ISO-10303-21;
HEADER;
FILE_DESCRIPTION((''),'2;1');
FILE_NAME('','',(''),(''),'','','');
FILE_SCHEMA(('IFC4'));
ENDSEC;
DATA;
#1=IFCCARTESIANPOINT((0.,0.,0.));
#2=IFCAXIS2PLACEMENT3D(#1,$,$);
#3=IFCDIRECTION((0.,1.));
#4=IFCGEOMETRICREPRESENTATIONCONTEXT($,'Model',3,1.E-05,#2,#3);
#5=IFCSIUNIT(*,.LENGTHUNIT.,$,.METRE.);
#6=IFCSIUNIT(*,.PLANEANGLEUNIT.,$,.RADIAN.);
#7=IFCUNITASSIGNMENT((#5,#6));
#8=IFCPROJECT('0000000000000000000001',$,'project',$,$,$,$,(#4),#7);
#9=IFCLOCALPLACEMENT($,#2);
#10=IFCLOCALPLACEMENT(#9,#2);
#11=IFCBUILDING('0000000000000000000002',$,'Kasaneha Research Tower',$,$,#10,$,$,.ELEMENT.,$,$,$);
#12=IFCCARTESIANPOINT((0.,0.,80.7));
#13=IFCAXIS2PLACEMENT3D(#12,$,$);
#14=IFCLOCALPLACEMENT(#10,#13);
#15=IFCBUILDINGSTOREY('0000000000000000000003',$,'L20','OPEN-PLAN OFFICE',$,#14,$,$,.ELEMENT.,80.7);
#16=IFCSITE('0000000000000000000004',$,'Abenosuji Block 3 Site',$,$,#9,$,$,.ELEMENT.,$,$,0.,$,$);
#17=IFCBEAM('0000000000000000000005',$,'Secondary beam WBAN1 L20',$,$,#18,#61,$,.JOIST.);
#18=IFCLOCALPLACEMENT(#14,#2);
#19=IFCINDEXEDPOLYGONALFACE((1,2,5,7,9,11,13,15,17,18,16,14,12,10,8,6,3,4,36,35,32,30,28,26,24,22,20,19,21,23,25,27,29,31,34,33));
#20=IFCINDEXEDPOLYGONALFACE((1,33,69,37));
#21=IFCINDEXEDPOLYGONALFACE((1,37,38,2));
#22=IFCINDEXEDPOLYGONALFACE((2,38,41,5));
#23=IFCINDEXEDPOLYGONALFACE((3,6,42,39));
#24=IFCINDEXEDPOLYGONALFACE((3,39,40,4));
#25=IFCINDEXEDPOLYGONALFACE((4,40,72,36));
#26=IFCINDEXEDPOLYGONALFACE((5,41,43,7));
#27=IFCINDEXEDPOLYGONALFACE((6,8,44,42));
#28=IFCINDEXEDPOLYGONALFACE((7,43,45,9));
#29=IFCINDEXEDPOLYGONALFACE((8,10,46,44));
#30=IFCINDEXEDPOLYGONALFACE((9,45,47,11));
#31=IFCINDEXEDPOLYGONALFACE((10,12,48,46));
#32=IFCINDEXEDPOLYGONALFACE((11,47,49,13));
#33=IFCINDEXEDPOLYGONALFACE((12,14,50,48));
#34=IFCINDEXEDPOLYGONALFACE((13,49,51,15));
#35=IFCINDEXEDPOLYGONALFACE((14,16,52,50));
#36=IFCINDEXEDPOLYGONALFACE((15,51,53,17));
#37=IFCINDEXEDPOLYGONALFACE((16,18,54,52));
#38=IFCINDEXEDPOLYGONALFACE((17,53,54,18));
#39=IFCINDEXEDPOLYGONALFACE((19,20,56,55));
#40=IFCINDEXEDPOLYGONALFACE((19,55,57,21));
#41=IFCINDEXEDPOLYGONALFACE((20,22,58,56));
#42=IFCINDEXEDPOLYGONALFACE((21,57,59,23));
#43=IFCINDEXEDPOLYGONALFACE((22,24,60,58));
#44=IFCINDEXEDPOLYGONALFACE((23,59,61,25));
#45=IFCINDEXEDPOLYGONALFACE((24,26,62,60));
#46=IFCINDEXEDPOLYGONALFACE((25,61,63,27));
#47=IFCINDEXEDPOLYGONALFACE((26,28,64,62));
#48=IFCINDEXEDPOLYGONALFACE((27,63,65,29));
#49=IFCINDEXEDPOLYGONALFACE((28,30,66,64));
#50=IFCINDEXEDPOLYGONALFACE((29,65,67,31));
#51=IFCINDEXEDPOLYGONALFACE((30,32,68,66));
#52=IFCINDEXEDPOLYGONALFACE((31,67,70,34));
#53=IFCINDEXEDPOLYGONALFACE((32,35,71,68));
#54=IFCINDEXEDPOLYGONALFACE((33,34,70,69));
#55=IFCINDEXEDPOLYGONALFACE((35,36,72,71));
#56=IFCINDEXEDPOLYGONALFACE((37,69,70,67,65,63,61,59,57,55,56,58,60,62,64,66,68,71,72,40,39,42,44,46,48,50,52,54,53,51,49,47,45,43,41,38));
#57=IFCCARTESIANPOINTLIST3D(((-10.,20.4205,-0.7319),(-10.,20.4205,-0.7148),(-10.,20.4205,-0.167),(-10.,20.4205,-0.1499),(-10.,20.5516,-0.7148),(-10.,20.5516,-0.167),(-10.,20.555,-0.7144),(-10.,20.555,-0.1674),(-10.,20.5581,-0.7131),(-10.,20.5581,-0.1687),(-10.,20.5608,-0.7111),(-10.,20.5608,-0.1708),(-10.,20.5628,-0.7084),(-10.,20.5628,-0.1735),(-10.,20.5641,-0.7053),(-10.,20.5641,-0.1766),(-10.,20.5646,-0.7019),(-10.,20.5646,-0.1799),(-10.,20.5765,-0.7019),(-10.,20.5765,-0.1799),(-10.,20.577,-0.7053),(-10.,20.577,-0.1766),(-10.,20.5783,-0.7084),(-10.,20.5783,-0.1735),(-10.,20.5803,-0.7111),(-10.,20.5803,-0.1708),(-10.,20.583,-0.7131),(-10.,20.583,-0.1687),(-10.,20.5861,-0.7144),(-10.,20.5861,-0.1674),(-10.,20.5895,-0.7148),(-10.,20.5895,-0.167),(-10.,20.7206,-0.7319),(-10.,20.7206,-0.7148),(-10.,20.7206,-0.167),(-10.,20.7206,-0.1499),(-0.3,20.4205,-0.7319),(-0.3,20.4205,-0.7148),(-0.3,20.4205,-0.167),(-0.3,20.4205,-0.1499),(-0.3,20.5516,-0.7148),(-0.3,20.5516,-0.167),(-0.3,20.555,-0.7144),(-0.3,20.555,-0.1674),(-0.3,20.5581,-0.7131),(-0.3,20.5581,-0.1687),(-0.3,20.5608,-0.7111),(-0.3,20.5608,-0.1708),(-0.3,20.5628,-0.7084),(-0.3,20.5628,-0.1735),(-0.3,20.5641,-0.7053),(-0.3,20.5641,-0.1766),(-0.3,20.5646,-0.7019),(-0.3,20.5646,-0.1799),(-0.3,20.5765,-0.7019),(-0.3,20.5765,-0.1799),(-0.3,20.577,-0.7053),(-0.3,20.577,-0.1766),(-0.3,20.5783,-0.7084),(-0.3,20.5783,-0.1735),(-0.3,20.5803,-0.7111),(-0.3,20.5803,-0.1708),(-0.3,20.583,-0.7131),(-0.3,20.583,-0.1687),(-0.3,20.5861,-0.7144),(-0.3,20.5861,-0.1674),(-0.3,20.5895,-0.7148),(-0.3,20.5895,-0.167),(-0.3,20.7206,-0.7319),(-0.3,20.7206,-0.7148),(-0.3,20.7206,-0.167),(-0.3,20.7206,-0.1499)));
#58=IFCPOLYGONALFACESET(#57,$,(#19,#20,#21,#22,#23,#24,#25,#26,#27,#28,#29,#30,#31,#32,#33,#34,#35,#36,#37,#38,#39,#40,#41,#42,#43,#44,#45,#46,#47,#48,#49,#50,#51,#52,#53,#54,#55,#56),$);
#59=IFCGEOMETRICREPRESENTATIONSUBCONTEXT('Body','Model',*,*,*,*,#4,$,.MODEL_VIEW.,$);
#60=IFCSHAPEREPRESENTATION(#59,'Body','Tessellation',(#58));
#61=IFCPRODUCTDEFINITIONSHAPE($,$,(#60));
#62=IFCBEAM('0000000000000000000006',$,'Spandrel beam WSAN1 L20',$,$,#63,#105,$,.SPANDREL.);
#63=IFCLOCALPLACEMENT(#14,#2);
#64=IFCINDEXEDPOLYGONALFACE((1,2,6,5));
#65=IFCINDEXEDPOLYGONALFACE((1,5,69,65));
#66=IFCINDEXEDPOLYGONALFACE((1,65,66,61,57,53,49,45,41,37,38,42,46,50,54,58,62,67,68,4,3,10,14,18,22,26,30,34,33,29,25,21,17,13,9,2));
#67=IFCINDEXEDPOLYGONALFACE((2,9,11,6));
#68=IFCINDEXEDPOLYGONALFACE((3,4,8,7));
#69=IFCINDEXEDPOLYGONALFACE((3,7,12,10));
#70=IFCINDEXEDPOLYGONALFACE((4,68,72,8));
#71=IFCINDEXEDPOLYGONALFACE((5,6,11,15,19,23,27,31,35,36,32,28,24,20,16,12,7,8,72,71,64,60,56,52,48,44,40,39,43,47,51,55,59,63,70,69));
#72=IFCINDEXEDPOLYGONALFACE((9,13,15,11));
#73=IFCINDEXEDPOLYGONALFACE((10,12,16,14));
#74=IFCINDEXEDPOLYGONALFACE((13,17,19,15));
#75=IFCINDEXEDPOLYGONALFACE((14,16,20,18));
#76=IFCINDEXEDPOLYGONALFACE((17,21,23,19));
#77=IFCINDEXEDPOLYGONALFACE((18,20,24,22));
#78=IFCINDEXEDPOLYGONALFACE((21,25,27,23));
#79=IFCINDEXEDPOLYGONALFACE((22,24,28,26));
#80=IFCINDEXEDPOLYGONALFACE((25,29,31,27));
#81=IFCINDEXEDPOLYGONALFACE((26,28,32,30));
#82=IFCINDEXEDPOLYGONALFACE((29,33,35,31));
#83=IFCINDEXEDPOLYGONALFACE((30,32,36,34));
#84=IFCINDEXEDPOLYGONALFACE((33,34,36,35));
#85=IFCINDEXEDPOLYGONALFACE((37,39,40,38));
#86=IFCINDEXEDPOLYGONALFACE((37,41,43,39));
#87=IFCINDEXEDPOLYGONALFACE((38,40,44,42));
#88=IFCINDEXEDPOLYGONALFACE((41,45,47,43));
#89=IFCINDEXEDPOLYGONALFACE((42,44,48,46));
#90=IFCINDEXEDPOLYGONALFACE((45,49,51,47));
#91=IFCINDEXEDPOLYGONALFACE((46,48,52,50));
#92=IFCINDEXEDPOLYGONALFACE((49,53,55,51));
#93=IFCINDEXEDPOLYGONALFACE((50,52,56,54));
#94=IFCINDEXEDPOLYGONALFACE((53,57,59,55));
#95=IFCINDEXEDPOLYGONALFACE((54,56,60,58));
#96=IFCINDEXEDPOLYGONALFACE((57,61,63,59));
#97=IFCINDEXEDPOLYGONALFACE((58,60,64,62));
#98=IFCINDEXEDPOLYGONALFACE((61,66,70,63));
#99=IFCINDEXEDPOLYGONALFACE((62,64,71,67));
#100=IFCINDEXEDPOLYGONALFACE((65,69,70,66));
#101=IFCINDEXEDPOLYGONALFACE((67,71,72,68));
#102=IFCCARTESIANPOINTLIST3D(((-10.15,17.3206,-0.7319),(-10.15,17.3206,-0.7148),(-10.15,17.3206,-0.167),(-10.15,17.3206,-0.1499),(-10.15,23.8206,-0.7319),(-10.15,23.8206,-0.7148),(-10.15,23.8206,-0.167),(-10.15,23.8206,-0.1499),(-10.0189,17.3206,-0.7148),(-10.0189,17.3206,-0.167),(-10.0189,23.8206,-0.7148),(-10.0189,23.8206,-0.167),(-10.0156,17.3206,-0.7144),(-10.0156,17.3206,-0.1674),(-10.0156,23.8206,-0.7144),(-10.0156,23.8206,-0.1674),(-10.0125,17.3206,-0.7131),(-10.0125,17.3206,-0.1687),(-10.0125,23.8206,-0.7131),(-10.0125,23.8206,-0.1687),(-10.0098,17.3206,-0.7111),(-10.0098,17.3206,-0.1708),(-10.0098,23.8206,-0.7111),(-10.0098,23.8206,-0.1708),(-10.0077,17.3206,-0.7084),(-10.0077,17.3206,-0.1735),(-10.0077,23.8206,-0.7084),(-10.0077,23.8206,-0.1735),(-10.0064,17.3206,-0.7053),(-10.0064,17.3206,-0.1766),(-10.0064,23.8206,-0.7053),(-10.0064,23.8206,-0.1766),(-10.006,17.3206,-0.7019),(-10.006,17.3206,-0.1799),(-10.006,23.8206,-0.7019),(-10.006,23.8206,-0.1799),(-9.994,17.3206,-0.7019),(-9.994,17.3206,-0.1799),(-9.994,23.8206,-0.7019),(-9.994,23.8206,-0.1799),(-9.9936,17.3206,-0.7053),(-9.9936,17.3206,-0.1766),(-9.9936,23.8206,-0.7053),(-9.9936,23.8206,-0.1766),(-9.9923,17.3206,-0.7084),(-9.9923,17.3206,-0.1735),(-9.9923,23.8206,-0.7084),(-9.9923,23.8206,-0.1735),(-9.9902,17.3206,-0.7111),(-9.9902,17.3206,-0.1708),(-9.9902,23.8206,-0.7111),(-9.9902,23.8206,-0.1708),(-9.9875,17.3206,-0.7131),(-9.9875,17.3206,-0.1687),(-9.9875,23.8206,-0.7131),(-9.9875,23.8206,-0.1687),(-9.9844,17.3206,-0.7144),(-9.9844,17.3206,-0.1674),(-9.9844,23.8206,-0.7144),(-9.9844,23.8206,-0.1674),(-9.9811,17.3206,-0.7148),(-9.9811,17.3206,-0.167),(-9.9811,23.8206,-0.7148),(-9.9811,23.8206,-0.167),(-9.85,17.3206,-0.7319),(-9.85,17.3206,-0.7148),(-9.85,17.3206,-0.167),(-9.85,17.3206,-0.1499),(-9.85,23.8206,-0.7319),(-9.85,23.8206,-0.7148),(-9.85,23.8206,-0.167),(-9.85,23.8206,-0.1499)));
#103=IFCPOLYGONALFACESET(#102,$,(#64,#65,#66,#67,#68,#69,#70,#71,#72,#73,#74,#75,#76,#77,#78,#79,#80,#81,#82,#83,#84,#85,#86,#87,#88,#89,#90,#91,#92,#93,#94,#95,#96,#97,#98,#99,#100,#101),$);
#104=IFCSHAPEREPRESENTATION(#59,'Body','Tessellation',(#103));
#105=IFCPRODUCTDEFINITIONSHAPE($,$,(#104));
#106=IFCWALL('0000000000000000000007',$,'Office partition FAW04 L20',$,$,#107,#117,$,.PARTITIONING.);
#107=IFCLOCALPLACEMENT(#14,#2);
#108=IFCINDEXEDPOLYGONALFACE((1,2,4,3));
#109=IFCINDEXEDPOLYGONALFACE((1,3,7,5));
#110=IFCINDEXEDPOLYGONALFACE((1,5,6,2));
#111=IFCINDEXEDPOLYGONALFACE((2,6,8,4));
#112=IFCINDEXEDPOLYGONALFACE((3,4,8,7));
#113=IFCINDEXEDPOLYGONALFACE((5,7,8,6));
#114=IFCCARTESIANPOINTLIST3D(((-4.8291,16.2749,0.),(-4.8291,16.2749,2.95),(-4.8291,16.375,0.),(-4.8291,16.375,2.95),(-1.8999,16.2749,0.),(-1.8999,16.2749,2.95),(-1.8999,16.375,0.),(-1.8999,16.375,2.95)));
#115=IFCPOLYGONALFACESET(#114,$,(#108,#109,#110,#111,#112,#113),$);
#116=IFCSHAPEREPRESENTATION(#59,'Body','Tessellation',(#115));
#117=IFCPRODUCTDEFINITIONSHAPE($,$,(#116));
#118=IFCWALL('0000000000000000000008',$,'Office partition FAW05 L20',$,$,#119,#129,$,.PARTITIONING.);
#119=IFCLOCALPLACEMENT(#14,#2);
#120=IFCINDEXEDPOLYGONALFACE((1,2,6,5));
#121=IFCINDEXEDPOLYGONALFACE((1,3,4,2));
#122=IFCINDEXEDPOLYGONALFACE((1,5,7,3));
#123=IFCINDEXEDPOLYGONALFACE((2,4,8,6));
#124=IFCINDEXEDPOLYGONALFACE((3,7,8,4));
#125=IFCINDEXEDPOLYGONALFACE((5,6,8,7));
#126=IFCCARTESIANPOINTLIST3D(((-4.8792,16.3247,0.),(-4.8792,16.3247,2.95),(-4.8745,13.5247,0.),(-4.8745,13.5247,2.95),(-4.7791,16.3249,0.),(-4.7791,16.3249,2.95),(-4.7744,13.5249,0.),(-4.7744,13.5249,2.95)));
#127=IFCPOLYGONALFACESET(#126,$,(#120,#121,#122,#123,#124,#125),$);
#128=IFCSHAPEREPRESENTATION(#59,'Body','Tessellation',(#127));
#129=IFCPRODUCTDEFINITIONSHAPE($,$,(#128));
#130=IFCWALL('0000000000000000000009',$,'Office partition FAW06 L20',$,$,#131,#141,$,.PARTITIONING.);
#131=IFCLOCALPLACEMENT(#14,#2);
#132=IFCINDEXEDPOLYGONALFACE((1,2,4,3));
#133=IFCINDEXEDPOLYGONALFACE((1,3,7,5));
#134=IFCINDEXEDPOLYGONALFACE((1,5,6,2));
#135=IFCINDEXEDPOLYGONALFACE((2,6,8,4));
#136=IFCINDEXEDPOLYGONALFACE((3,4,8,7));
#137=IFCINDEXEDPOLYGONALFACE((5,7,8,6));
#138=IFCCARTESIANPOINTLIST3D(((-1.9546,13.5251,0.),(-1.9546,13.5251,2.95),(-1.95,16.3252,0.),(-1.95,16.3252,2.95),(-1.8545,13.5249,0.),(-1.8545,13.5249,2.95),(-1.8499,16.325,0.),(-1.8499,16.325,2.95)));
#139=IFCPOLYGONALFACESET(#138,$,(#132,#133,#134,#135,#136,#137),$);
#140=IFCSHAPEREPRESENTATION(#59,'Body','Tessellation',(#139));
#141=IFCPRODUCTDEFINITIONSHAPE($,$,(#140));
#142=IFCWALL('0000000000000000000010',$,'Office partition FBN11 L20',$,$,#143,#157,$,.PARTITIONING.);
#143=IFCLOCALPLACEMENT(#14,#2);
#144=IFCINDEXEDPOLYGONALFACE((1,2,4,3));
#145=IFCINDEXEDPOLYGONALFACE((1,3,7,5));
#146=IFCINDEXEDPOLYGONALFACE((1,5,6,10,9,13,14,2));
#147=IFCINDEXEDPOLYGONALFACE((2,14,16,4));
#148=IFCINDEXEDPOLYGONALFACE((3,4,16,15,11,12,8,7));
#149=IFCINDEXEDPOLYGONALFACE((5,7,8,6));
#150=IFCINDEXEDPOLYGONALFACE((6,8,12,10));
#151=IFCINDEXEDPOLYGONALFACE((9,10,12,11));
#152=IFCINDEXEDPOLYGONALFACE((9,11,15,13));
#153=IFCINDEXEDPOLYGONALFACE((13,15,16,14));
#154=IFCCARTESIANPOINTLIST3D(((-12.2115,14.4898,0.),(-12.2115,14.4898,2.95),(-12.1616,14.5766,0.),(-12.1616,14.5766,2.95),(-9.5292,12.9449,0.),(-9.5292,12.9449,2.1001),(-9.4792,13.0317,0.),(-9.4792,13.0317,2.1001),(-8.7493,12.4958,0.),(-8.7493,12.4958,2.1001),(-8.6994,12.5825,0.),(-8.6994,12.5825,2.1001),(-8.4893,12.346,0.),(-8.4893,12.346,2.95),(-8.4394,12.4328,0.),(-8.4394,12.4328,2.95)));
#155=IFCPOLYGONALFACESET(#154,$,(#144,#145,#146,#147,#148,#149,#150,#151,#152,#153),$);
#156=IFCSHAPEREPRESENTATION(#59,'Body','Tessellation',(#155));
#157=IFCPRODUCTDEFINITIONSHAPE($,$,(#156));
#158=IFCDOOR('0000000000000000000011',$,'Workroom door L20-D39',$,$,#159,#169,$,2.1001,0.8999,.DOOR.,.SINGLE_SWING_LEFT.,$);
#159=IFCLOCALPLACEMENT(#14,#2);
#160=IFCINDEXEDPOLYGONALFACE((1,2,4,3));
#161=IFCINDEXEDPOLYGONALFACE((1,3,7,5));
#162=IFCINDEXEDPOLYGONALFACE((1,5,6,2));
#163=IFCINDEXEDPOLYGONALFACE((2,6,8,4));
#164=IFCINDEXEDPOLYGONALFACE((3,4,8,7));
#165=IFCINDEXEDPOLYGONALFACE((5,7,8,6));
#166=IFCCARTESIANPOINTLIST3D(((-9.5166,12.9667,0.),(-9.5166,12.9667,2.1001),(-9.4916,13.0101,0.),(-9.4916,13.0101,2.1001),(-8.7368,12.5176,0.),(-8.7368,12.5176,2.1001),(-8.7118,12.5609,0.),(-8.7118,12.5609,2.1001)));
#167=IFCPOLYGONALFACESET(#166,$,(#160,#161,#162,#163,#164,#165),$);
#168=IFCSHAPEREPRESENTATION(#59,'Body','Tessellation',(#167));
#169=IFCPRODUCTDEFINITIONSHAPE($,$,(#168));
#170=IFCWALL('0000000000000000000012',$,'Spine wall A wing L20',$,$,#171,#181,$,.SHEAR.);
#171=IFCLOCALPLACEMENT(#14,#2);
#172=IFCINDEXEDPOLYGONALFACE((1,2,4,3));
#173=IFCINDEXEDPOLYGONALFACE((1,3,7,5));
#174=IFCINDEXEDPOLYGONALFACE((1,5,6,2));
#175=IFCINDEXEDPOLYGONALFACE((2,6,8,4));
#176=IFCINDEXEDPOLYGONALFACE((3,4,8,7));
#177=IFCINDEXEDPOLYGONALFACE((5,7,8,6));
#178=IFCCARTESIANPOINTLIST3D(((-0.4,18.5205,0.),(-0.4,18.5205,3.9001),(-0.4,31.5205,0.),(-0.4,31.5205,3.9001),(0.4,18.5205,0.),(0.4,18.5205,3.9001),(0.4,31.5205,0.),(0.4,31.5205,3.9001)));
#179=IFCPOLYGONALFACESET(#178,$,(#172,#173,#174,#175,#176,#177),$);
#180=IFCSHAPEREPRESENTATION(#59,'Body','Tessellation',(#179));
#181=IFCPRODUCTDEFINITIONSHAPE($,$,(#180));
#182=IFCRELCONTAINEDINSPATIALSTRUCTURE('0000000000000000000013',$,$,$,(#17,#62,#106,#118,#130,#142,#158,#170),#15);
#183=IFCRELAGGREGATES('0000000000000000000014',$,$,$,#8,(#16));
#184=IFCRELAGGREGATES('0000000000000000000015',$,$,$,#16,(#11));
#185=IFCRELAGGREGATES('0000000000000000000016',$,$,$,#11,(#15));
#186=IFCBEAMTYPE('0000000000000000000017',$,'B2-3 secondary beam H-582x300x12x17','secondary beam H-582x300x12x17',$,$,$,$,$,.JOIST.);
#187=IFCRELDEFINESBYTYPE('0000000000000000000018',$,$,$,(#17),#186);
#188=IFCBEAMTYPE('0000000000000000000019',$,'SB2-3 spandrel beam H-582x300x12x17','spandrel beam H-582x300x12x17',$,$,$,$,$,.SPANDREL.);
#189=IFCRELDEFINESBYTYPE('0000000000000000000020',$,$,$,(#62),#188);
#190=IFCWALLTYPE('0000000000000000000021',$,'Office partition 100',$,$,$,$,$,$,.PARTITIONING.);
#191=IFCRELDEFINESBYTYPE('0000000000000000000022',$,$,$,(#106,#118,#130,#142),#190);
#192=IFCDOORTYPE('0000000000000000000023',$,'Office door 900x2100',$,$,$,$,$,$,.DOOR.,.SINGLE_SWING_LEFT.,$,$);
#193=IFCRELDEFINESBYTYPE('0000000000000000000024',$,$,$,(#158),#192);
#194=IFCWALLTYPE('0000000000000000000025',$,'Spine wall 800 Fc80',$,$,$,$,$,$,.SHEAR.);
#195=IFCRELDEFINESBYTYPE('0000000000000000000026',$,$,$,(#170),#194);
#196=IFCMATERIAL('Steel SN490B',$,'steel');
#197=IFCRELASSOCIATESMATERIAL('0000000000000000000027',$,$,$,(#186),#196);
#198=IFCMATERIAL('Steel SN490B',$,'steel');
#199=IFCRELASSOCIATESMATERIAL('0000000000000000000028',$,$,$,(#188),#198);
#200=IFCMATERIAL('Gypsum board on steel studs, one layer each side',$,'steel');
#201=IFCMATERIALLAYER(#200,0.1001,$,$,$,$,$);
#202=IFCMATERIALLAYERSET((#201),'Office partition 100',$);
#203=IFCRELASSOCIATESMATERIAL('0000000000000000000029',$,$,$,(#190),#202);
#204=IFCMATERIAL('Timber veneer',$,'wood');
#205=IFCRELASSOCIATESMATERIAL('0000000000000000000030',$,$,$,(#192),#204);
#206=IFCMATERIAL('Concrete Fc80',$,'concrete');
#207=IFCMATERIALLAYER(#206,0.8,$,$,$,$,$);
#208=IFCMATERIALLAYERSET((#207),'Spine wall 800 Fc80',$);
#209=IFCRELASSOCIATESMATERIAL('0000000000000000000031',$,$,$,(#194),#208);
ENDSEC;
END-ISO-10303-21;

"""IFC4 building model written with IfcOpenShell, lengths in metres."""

from ifc_helpers import new_model, si_unit, direction, frame, frame_2d, origin, origin_2d, place, context, subcontext, project, spatial, rectangle, i_section, extrude, material, layer, layer_set, material_profile, profile_set, type_object, element, fill, save


model = new_model("IFC4")

# Units and contexts
model_context = context("Model", 3, precision=1e-05, world=origin(), true_north=direction((0.0, 1.0)))
body_context = subcontext(model_context, "Body", "Model", "MODEL_VIEW")
ifc_project = project(units=[si_unit("LENGTHUNIT", "METRE"), si_unit("PLANEANGLEUNIT", "RADIAN")], contexts=[model_context])

# Site, building, storey
site_placement = place(None, origin())
site = spatial("IfcSite", under=ifc_project, at=site_placement, Name="Abenosuji Block 3 Site", CompositionType="ELEMENT", RefElevation=0.0)
building_placement = place(site_placement, origin())
building = spatial("IfcBuilding", under=site, at=building_placement, Name="Kasaneha Research Tower", CompositionType="ELEMENT")
storey_placement = place(building_placement, frame((0.0, 0.0, 80.7)))
storey = spatial("IfcBuildingStorey", under=building, at=storey_placement, Name="L20", Description="OPEN-PLAN OFFICE", CompositionType="ELEMENT", Elevation=80.7)

# Beams
ifc_material_1 = material(Name="Steel SN490B", Category="steel")
ifc_material_profile_1 = material_profile(ifc_material_1, i_section(OverallWidth=0.3, OverallDepth=0.582, WebThickness=0.012, FlangeThickness=0.0171, FilletRadius=0.0129, at=origin_2d()), Name="H-582x300x12x17")
ifc_profile_set_1 = profile_set([ifc_material_profile_1], Name="Steel SN490B")
beam_type_1 = type_object("IfcBeamType", Name="B2-3 secondary beam H-582x300x12x17", Description="secondary beam H-582x300x12x17", PredefinedType="JOIST", material=ifc_profile_set_1)
beam_1_placement = place(storey_placement, frame((-10.0, 20.5706, -0.4409), z_axis=(1.0, 0.0, 0.0), x_axis=(0.0, 1.0, 0.0)))
element("IfcBeam", 1, at=beam_1_placement, inside=storey, type_object=beam_type_1, Name="Secondary beam WBAN1 L20", PredefinedType="JOIST", context=body_context, shape_type="SweptSolid", body=[
    extrude(i_section(OverallWidth=0.3, OverallDepth=0.582, WebThickness=0.012, FlangeThickness=0.0171, FilletRadius=0.0129, at=origin_2d()), origin(), (0.0, 0.0, 1.0), 9.7),
])
ifc_material_2 = material(Name="Steel SN490B", Category="steel")
ifc_material_profile_2 = material_profile(ifc_material_2, i_section(OverallWidth=0.3, OverallDepth=0.582, WebThickness=0.012, FlangeThickness=0.0171, FilletRadius=0.0129, at=origin_2d()), Name="H-582x300x12x17")
ifc_profile_set_2 = profile_set([ifc_material_profile_2], Name="Steel SN490B")
beam_type_2 = type_object("IfcBeamType", Name="SB2-3 spandrel beam H-582x300x12x17", Description="spandrel beam H-582x300x12x17", PredefinedType="SPANDREL", material=ifc_profile_set_2)
beam_2_placement = place(storey_placement, frame((-10.0, 17.3206, -0.4409), z_axis=(0.0, 1.0, 0.0), x_axis=(-1.0, 0.0, 0.0)))
element("IfcBeam", 2, at=beam_2_placement, inside=storey, type_object=beam_type_2, Name="Spandrel beam WSAN1 L20", PredefinedType="SPANDREL", context=body_context, shape_type="SweptSolid", body=[
    extrude(i_section(OverallWidth=0.3, OverallDepth=0.582, WebThickness=0.012, FlangeThickness=0.0171, FilletRadius=0.0129, at=origin_2d()), origin(), (0.0, 0.0, 1.0), 6.5),
])

# Walls
ifc_material_3 = material(Name="Gypsum board on steel studs, one layer each side", Category="steel")
ifc_layer_1 = layer(ifc_material_3, 0.1001)
ifc_layer_set_1 = layer_set([ifc_layer_1], Name="Office partition 100")
wall_type_1 = type_object("IfcWallType", Name="Office partition 100", PredefinedType="PARTITIONING", material=ifc_layer_set_1)
wall_1_placement = place(storey_placement, frame((-4.8291, 16.325, 0.0), z_axis=(0.0, 0.0, 1.0), x_axis=(1.0, 0.0, 0.0)))
element("IfcWall", 3, at=wall_1_placement, inside=storey, type_object=wall_type_1, Name="Office partition FAW04 L20", PredefinedType="PARTITIONING", context=body_context, shape_type="SweptSolid", body=[
    extrude(rectangle(XDim=2.9292, YDim=0.1001, at=frame_2d((1.4646, 0.0))), origin(), (0.0, 0.0, 1.0), 2.95),
])
for number, where, z_axis, x_axis, name in (
    (4, (-4.8245, 13.5249, 0.0), (0.0, 0.0, 1.0), (-0.001657, 0.999999, 0.0), "Office partition FAW05 L20"),
    (5, (-1.8999, 16.325, 0.0), (0.0, 0.0, 1.0), (-0.001657, -0.999999, 0.0), "Office partition FAW06 L20"),
):
    element("IfcWall", number, at=place(storey_placement, frame(where, z_axis=z_axis, x_axis=x_axis)), inside=storey, type_object=wall_type_1, Name=name, PredefinedType="PARTITIONING", context=body_context, shape_type="SweptSolid", body=[
        extrude(rectangle(XDim=2.8, YDim=0.1001, at=frame_2d((1.3999, 0.0))), origin(), (0.0, 0.0, 1.0), 2.95),
    ])

# Wall, opening, door
wall_2_placement = place(storey_placement, frame((-8.4644, 12.3894, 0.0), z_axis=(0.0, 0.0, 1.0), x_axis=(-0.866549, 0.499093, 0.0)))
wall_2 = element("IfcWall", 6, at=wall_2_placement, inside=storey, type_object=wall_type_1, Name="Office partition FBN11 L20", PredefinedType="PARTITIONING", context=body_context, shape_type="SweptSolid", body=[
    extrude(rectangle(XDim=4.2954, YDim=0.1001, at=frame_2d((2.1477, 0.0))), origin(), (0.0, 0.0, 1.0), 2.95),
])
opening_1_placement = place(wall_2_placement, frame((0.3, 0.0, 0.0)))
opening_1 = element("IfcOpeningElement", 7, at=opening_1_placement, cuts=wall_2, PredefinedType="OPENING", context=body_context, shape_type="SweptSolid", body=[
    extrude(rectangle(XDim=0.8999, YDim=2.1001, at=frame_2d((0.45, 1.05))), frame((0.0, 0.0601, 0.0), z_axis=(0.0, -1.0, 0.0), x_axis=(1.0, 0.0, 0.0)), (0.0, 0.0, 1.0), 0.1201),
])
ifc_material_4 = material(Name="Timber veneer", Category="wood")
door_type_1 = type_object("IfcDoorType", Name="Office door 900x2100", OperationType="SINGLE_SWING_LEFT", PredefinedType="DOOR", material=ifc_material_4)
door_1_placement = place(opening_1_placement, origin())
door_1 = element("IfcDoor", 8, at=door_1_placement, inside=storey, type_object=door_type_1, Name="Workroom door L20-D39", OperationType="SINGLE_SWING_LEFT", OverallHeight=2.1001, OverallWidth=0.8999, PredefinedType="DOOR", context=body_context, shape_type="SweptSolid", body=[
    extrude(rectangle(XDim=0.8999, YDim=2.1001, at=frame_2d((0.45, 1.05))), frame((0.0, 0.0249, 0.0), z_axis=(0.0, -1.0, 0.0), x_axis=(1.0, 0.0, 0.0)), (0.0, 0.0, 1.0), 0.05),
])
fill(opening_1, door_1)

# Wall
ifc_material_5 = material(Name="Concrete Fc80", Category="concrete")
ifc_layer_2 = layer(ifc_material_5, 0.8)
ifc_layer_set_2 = layer_set([ifc_layer_2], Name="Spine wall 800 Fc80")
wall_type_2 = type_object("IfcWallType", Name="Spine wall 800 Fc80", PredefinedType="SHEAR", material=ifc_layer_set_2)
wall_3_placement = place(storey_placement, frame((0.0, 18.5205, 0.0), z_axis=(0.0, 0.0, 1.0), x_axis=(0.0, 1.0, 0.0)))
element("IfcWall", 9, at=wall_3_placement, inside=storey, type_object=wall_type_2, Name="Spine wall A wing L20", PredefinedType="SHEAR", context=body_context, shape_type="SweptSolid", body=[
    extrude(rectangle(XDim=13.0, YDim=0.8, at=frame_2d((6.5, 0.0))), origin(), (0.0, 0.0, 1.0), 3.9001),
])

save(model, "model.ifc")
